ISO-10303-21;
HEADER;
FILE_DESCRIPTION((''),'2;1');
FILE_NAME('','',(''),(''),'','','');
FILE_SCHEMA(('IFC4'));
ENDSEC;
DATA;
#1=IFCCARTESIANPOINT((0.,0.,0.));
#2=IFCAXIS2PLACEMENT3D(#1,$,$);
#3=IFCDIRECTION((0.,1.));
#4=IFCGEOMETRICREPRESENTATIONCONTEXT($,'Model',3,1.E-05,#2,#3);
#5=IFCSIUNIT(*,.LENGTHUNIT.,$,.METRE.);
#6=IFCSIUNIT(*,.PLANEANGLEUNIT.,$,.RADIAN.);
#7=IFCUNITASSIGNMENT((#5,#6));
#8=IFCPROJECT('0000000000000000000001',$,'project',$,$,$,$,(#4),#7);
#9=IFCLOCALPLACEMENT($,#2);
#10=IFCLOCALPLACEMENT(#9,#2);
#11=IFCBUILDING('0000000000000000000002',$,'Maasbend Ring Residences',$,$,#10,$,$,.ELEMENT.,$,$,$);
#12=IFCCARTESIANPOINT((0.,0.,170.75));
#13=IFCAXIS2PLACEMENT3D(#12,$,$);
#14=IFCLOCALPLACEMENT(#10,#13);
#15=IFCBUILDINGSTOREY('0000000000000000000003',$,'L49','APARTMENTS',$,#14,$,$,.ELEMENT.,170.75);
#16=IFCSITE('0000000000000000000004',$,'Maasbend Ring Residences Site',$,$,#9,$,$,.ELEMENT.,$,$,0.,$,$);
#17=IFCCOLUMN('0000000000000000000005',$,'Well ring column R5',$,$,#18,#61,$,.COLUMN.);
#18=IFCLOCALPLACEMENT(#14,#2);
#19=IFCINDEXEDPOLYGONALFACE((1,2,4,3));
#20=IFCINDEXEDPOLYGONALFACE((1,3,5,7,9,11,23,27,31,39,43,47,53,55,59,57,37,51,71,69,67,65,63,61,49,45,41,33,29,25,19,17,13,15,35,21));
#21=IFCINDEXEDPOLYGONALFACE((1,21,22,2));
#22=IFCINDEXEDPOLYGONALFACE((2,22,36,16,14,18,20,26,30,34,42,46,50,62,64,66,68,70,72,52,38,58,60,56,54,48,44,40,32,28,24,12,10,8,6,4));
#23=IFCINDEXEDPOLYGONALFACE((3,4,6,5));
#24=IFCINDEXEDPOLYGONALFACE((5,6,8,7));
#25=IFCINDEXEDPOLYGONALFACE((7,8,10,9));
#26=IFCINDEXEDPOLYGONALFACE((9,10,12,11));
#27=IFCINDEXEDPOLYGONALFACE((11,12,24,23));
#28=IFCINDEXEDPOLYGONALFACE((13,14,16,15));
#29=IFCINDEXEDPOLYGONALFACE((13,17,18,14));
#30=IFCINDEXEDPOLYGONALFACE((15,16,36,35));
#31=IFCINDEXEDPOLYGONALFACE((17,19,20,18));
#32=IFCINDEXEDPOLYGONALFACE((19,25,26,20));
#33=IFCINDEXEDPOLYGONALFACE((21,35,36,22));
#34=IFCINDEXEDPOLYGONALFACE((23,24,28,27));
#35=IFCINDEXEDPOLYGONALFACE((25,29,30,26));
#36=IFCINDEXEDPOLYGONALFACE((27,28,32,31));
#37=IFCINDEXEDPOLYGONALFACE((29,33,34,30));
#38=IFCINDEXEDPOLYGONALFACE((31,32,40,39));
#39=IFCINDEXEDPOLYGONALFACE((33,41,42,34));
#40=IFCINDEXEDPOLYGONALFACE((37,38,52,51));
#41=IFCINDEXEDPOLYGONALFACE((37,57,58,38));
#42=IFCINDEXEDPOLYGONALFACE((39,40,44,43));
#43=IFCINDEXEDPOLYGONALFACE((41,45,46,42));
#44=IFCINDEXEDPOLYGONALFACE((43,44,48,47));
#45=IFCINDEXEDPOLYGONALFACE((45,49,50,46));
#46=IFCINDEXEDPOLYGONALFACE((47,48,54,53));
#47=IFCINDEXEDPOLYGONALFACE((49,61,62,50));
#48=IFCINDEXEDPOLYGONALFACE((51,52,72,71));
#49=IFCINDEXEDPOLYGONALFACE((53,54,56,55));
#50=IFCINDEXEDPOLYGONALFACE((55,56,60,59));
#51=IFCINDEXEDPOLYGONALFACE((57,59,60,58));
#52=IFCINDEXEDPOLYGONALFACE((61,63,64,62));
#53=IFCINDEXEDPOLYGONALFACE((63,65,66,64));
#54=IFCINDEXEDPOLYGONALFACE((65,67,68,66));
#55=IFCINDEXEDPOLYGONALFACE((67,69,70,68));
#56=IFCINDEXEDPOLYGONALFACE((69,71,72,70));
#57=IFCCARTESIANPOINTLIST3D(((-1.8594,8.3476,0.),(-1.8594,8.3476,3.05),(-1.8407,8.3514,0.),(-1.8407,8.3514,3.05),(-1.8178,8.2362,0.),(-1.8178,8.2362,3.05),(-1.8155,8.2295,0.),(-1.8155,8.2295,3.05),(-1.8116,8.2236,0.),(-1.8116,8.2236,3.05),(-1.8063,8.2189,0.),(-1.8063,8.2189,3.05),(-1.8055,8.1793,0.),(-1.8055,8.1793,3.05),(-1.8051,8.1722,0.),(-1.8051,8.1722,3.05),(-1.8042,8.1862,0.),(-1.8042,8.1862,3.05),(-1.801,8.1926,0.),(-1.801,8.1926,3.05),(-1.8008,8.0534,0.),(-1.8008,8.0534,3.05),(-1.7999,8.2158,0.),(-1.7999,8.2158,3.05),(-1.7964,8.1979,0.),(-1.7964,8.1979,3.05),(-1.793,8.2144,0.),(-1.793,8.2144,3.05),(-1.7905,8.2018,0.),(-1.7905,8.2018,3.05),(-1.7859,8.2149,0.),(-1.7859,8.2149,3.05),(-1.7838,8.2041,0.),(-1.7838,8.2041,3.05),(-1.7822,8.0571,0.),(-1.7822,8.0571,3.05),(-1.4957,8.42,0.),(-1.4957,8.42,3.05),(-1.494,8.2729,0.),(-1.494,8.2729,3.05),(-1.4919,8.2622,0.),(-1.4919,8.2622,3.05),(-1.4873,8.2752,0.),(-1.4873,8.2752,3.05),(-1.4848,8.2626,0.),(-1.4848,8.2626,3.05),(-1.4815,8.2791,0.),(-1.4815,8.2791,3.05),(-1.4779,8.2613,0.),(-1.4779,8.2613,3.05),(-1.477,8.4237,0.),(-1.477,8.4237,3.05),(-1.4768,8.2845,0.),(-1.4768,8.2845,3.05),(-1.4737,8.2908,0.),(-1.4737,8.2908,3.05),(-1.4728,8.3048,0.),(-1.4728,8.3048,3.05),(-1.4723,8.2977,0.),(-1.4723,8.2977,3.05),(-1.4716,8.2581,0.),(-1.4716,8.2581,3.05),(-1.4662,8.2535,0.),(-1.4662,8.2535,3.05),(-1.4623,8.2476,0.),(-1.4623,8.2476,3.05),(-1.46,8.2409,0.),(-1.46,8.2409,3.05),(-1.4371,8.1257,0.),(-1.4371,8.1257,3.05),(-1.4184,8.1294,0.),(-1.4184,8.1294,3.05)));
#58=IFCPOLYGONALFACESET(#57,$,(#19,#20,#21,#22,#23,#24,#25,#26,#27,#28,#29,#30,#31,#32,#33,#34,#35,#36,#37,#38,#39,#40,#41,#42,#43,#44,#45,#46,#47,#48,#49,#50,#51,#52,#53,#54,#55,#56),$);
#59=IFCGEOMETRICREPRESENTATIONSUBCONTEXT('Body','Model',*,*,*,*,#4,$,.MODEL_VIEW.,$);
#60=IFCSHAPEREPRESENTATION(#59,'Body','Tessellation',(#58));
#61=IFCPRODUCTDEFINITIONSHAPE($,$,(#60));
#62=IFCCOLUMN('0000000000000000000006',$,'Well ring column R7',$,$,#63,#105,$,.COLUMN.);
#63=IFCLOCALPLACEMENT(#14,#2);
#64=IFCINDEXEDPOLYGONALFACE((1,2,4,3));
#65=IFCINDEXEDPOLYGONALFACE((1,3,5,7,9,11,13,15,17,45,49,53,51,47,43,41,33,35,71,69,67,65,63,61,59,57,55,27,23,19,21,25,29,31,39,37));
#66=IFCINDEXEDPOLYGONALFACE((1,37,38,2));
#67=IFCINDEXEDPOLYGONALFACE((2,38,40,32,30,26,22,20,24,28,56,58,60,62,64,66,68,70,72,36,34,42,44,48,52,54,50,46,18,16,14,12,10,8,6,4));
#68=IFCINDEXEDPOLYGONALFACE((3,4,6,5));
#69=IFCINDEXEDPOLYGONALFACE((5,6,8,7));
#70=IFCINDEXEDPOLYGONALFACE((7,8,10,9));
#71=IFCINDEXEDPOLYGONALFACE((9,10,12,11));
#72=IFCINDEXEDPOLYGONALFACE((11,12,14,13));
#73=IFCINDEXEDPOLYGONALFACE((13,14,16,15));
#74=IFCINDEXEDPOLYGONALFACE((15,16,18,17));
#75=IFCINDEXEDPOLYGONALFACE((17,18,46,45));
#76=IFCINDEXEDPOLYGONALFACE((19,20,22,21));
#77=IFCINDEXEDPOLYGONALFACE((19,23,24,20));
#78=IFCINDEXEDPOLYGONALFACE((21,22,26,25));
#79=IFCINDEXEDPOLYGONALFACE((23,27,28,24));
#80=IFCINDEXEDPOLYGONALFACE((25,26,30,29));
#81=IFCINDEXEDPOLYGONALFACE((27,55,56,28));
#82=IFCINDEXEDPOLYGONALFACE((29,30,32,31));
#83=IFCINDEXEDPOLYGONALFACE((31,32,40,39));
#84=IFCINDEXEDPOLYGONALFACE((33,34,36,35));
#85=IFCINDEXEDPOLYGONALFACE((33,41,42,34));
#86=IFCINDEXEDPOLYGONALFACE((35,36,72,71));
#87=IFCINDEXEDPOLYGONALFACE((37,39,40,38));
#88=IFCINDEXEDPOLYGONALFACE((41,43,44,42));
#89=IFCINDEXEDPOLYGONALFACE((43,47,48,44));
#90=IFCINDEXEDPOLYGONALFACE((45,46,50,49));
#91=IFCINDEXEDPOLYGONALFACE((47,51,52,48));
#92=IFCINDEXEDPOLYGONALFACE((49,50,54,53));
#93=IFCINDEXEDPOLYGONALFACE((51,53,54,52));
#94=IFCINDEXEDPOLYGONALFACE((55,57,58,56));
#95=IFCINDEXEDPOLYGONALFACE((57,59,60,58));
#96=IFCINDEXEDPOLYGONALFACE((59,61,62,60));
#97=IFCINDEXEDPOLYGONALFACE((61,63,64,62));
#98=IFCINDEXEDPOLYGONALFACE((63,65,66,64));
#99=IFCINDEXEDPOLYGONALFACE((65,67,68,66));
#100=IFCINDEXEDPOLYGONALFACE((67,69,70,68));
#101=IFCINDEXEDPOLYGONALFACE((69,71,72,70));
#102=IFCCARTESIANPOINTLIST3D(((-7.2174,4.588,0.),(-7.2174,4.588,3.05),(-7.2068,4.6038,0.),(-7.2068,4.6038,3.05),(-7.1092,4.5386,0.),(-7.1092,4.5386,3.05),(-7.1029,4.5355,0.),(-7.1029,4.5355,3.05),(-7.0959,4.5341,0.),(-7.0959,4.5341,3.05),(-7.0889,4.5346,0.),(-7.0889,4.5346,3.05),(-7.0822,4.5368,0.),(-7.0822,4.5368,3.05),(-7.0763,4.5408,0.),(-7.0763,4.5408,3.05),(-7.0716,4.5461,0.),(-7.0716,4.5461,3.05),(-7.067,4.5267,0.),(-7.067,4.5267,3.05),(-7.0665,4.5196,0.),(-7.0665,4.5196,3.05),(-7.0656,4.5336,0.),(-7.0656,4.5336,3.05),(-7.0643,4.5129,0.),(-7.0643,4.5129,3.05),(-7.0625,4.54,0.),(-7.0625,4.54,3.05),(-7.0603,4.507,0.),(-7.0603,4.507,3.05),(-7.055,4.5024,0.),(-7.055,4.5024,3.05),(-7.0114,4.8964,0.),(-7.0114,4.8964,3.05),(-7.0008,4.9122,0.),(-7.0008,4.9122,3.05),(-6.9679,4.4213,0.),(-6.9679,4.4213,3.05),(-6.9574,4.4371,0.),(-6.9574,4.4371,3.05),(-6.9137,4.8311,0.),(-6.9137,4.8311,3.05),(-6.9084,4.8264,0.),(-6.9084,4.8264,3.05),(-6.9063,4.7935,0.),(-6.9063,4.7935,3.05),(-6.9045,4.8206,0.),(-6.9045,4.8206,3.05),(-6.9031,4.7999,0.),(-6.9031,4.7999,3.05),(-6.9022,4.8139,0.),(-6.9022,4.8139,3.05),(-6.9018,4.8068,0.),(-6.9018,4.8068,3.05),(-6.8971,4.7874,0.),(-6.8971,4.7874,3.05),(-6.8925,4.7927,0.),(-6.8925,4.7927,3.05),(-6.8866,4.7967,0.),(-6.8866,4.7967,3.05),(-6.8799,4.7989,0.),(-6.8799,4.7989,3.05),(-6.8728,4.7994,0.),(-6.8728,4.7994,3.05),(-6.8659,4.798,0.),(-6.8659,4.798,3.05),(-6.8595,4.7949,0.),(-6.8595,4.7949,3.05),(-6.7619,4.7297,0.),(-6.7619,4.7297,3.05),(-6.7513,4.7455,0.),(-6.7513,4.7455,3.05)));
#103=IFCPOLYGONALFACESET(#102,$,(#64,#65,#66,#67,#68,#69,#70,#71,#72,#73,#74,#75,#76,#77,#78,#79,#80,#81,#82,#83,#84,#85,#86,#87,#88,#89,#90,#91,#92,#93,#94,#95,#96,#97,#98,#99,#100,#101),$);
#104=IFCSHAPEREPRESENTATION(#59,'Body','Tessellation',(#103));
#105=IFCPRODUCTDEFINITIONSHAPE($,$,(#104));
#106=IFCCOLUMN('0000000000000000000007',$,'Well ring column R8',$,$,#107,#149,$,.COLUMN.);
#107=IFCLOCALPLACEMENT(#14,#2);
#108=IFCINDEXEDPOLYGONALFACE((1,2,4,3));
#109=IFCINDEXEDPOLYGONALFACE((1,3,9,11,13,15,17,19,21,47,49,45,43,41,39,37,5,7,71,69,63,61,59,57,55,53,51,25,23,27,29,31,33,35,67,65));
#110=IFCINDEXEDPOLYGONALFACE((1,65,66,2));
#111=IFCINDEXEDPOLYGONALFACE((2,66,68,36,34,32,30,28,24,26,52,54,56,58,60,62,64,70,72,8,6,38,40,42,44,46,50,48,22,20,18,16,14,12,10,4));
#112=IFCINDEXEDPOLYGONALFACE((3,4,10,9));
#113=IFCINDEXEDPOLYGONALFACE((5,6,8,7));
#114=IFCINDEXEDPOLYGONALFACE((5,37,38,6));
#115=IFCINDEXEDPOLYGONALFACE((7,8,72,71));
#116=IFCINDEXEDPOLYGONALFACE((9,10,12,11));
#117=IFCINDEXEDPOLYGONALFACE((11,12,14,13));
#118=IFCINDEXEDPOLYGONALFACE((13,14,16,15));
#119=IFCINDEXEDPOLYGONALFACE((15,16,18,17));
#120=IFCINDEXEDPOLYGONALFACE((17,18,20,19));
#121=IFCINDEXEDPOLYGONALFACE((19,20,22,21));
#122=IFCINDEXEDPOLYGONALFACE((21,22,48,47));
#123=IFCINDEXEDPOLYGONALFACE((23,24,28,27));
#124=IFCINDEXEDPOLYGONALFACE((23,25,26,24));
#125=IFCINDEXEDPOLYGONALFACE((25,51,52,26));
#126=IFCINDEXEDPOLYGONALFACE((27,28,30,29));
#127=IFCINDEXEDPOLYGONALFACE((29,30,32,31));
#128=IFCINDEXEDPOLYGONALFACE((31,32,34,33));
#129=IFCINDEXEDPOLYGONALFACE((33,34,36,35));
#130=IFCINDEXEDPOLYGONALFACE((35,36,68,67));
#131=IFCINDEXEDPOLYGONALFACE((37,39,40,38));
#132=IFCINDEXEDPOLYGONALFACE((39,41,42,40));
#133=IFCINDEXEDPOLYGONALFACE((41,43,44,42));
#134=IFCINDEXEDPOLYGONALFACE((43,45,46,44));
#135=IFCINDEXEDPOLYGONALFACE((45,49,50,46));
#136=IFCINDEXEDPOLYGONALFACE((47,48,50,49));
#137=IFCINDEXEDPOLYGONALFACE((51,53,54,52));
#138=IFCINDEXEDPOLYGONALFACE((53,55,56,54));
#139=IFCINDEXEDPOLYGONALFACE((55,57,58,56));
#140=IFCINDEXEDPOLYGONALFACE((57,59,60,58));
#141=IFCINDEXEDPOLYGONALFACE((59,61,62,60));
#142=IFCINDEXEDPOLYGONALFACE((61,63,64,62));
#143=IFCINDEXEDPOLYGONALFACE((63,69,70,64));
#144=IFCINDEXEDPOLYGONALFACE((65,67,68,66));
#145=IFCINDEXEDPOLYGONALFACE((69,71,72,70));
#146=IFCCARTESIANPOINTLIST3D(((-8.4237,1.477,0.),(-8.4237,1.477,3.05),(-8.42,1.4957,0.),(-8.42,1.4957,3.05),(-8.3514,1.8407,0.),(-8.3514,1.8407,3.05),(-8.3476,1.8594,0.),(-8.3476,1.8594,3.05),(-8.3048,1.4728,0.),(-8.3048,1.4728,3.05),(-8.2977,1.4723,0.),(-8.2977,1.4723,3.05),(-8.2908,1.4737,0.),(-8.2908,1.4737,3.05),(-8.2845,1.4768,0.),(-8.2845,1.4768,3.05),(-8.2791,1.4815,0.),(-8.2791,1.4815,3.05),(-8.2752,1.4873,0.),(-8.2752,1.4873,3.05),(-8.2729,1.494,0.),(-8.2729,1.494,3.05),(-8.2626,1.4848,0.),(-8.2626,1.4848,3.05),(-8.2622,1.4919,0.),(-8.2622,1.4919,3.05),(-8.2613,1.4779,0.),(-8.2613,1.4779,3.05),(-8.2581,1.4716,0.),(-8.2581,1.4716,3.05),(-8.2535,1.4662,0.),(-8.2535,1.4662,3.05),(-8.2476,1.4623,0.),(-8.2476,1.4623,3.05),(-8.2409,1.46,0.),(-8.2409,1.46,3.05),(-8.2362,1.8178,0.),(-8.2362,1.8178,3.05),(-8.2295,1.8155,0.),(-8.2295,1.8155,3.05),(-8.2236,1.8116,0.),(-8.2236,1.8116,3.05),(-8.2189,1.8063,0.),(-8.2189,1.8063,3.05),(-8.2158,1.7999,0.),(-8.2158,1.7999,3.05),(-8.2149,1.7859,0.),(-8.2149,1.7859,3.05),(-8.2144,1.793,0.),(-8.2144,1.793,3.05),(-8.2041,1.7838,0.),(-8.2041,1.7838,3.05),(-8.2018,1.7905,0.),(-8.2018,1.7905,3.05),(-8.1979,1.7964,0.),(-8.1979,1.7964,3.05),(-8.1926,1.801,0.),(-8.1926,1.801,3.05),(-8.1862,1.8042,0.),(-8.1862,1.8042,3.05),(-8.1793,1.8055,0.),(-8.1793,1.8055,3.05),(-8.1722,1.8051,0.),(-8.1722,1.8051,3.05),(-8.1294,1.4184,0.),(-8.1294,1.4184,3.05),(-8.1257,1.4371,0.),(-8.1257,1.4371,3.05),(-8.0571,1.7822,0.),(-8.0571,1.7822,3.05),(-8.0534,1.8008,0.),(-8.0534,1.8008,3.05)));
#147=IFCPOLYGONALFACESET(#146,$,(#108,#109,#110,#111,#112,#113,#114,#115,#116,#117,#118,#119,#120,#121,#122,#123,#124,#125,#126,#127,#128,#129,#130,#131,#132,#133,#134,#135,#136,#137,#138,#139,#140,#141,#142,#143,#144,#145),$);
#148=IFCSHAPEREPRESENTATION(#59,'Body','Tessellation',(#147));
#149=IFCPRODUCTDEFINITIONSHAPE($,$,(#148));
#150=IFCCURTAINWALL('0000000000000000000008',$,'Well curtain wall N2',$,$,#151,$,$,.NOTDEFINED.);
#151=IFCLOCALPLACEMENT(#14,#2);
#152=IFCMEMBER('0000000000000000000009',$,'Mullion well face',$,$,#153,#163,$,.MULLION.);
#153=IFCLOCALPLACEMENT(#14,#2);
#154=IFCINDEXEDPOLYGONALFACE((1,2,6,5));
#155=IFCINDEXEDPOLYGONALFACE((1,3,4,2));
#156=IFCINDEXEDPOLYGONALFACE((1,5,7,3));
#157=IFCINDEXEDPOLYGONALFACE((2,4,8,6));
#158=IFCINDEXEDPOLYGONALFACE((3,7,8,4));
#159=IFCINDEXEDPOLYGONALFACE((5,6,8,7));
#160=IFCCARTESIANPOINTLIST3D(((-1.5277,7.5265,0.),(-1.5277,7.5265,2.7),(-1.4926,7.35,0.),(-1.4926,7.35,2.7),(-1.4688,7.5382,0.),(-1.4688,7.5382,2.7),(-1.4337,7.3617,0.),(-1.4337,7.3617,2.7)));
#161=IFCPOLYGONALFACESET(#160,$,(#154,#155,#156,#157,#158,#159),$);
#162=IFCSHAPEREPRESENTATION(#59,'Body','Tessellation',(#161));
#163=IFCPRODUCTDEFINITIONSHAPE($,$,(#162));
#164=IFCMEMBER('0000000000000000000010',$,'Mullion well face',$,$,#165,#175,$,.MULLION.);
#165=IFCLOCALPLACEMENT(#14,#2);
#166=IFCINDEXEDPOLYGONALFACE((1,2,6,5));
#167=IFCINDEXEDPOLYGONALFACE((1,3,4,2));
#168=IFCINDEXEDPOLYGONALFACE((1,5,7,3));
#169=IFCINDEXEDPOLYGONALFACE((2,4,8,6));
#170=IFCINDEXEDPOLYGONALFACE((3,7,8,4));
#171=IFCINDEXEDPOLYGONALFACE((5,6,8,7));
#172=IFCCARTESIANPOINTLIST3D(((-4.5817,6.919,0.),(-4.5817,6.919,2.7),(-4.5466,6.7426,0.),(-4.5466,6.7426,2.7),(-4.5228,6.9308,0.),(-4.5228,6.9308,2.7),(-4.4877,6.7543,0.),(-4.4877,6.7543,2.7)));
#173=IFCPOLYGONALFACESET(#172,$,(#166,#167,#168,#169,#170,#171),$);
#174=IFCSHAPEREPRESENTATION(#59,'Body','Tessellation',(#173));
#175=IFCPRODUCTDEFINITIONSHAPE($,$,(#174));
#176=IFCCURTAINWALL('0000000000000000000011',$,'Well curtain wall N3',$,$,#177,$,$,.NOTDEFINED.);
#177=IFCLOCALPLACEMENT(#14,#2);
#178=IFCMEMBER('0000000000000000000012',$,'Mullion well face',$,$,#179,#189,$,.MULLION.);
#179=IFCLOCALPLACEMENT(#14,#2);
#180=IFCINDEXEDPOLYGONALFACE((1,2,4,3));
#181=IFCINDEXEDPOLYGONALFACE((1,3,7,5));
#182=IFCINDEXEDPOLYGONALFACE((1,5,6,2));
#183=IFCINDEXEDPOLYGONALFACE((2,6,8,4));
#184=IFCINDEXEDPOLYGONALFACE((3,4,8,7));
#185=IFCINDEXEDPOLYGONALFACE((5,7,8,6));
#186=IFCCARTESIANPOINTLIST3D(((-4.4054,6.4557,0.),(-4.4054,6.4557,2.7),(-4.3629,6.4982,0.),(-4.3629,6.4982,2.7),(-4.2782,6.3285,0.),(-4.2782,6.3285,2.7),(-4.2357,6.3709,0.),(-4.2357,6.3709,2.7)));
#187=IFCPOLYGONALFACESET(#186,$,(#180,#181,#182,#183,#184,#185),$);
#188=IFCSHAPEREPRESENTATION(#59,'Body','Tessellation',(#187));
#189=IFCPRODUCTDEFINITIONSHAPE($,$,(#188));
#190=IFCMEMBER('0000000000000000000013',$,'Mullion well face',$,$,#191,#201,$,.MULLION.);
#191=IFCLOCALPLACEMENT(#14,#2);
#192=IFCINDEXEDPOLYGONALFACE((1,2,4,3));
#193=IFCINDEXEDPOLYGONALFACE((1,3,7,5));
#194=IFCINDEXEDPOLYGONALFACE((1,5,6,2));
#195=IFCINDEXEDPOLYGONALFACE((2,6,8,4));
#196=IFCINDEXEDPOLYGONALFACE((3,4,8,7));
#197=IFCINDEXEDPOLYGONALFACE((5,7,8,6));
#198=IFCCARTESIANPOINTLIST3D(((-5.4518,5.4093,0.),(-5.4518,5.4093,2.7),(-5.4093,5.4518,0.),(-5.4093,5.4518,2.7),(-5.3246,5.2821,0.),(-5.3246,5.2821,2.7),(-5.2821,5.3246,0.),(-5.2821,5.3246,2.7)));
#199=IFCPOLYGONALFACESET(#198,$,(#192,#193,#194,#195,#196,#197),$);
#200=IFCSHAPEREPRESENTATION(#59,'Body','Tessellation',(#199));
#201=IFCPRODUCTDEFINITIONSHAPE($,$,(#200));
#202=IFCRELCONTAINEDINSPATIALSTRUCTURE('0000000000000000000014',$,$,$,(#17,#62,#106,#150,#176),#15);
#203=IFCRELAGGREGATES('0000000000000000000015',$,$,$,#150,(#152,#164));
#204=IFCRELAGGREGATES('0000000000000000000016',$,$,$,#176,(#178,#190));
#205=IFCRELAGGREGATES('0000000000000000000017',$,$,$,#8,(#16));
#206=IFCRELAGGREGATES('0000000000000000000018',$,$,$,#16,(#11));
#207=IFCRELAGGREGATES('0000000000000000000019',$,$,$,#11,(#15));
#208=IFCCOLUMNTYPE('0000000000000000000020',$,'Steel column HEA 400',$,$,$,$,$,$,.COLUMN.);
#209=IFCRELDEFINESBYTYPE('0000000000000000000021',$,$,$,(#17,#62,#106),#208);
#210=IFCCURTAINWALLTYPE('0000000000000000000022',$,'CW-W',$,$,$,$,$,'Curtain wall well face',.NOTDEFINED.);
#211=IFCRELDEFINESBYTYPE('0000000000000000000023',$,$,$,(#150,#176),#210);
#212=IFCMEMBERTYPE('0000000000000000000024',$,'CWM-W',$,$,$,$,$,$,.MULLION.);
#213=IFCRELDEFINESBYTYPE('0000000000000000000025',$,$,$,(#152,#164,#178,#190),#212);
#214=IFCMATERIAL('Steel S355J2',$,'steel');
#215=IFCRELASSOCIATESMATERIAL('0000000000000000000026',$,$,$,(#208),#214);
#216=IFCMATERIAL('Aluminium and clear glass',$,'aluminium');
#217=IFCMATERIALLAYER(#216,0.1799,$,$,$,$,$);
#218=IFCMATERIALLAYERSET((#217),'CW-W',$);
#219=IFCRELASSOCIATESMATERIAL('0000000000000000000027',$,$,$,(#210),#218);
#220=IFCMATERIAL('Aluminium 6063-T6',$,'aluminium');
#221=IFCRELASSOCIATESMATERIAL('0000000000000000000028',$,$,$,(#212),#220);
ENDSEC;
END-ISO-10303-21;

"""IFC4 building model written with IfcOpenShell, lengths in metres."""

from ifc_helpers import new_model, si_unit, direction, frame, origin, origin_2d, place, context, subcontext, project, spatial, rectangle, i_section, extrude, material, layer, layer_set, material_profile, profile_set, type_object, element, aggregate, save


model = new_model("IFC4")

# Units and contexts
model_context = context("Model", 3, precision=1e-05, world=origin(), true_north=direction((0.0, 1.0)))
body_context = subcontext(model_context, "Body", "Model", "MODEL_VIEW")
ifc_project = project(units=[si_unit("LENGTHUNIT", "METRE"), si_unit("PLANEANGLEUNIT", "RADIAN")], contexts=[model_context])

# Site, building, storey
site_placement = place(None, origin())
site = spatial("IfcSite", under=ifc_project, at=site_placement, Name="Maasbend Ring Residences Site", CompositionType="ELEMENT", RefElevation=0.0)
building_placement = place(site_placement, origin())
building = spatial("IfcBuilding", under=site, at=building_placement, Name="Maasbend Ring Residences", CompositionType="ELEMENT")
storey_placement = place(building_placement, frame((0.0, 0.0, 170.75)))
storey = spatial("IfcBuildingStorey", under=building, at=storey_placement, Name="L49", Description="APARTMENTS", CompositionType="ELEMENT", Elevation=170.75)

# Columns
ifc_material_1 = material(Name="Steel S355J2", Category="steel")
ifc_material_profile_1 = material_profile(ifc_material_1, i_section(OverallWidth=0.3, OverallDepth=0.3899, WebThickness=0.011, FlangeThickness=0.019, FilletRadius=0.0271, at=origin_2d()), Name="HEA 400")
ifc_profile_set_1 = profile_set([ifc_material_profile_1], Name="Steel S355J2")
column_type = type_object("IfcColumnType", Name="Steel column HEA 400", PredefinedType="COLUMN", material=ifc_profile_set_1)
for number, where, z_axis, x_axis, name in (
    (1, (-1.6389, 8.2385, 0.0), (0.0, 0.0, 1.0), (-0.19509, 0.980785, 0.0), "Well ring column R5"),
    (2, (-6.9844, 4.6667, 0.0), (0.0, 0.0, 1.0), (-0.83147, 0.55557, 0.0), "Well ring column R7"),
    (3, (-8.2385, 1.6389, 0.0), (0.0, 0.0, 1.0), (-0.980785, 0.19509, 0.0), "Well ring column R8"),
):
    element("IfcColumn", number, at=place(storey_placement, frame(where, z_axis=z_axis, x_axis=x_axis)), inside=storey, type_object=column_type, Name=name, PredefinedType="COLUMN", context=body_context, shape_type="SweptSolid", body=[
        extrude(i_section(OverallWidth=0.3, OverallDepth=0.3899, WebThickness=0.011, FlangeThickness=0.019, FilletRadius=0.0271, at=origin_2d()), origin(), (0.0, 0.0, 1.0), 3.05),
    ])

# Curtain walls, members
ifc_material_2 = material(Name="Aluminium and clear glass", Category="aluminium")
ifc_layer_1 = layer(ifc_material_2, 0.1799)
ifc_layer_set_1 = layer_set([ifc_layer_1], Name="CW-W")
curtain_wall_type = type_object("IfcCurtainWallType", Name="CW-W", ElementType="Curtain wall well face", PredefinedType="NOTDEFINED", material=ifc_layer_set_1)
curtain_wall_1_placement = place(storey_placement, origin())
curtain_wall_1 = element("IfcCurtainWall", 4, at=curtain_wall_1_placement, inside=storey, type_object=curtain_wall_type, Name="Well curtain wall N2", PredefinedType="NOTDEFINED")
ifc_material_3 = material(Name="Aluminium 6063-T6", Category="aluminium")
ifc_material_profile_2 = material_profile(ifc_material_3, rectangle(XDim=0.1799, YDim=0.0601, at=origin_2d()), Name="AL 180x60")
ifc_profile_set_2 = profile_set([ifc_material_profile_2], Name="Aluminium 6063-T6")
member_type_1 = type_object("IfcMemberType", Name="CWM-W", PredefinedType="MULLION", material=ifc_profile_set_2)
member_1_placement = place(storey_placement, frame((-1.4807, 7.4441, 0.0), z_axis=(0.0, 0.0, 1.0), x_axis=(0.19509, -0.980785, 0.0)))
member_1 = element("IfcMember", 5, at=member_1_placement, type_object=member_type_1, Name="Mullion well face", PredefinedType="MULLION", context=body_context, shape_type="SweptSolid", body=[
    extrude(rectangle(XDim=0.1799, YDim=0.0601, at=origin_2d()), origin(), (0.0, 0.0, 1.0), 2.7),
])
member_2_placement = place(storey_placement, frame((-4.5347, 6.8367, 0.0), z_axis=(0.0, 0.0, 1.0), x_axis=(0.19509, -0.980785, 0.0)))
member_2 = element("IfcMember", 6, at=member_2_placement, type_object=member_type_1, Name="Mullion well face", PredefinedType="MULLION", context=body_context, shape_type="SweptSolid", body=[
    extrude(rectangle(XDim=0.1799, YDim=0.0601, at=origin_2d()), origin(), (0.0, 0.0, 1.0), 2.7),
])
curtain_wall_2_placement = place(storey_placement, origin())
curtain_wall_2 = element("IfcCurtainWall", 7, at=curtain_wall_2_placement, inside=storey, type_object=curtain_wall_type, Name="Well curtain wall N3", PredefinedType="NOTDEFINED")
member_3_placement = place(storey_placement, frame((-4.3206, 6.4133, 0.0), z_axis=(0.0, 0.0, 1.0), x_axis=(0.707107, -0.707107, 0.0)))
member_3 = element("IfcMember", 8, at=member_3_placement, type_object=member_type_1, Name="Mullion well face", PredefinedType="MULLION", context=body_context, shape_type="SweptSolid", body=[
    extrude(rectangle(XDim=0.1799, YDim=0.0601, at=origin_2d()), origin(), (0.0, 0.0, 1.0), 2.7),
])
member_4_placement = place(storey_placement, frame((-5.3669, 5.3669, 0.0), z_axis=(0.0, 0.0, 1.0), x_axis=(0.707107, -0.707107, 0.0)))
member_4 = element("IfcMember", 9, at=member_4_placement, type_object=member_type_1, Name="Mullion well face", PredefinedType="MULLION", context=body_context, shape_type="SweptSolid", body=[
    extrude(rectangle(XDim=0.1799, YDim=0.0601, at=origin_2d()), origin(), (0.0, 0.0, 1.0), 2.7),
])

aggregate(curtain_wall_1, [member_1, member_2])
aggregate(curtain_wall_2, [member_3, member_4])

save(model, "model.ifc")
